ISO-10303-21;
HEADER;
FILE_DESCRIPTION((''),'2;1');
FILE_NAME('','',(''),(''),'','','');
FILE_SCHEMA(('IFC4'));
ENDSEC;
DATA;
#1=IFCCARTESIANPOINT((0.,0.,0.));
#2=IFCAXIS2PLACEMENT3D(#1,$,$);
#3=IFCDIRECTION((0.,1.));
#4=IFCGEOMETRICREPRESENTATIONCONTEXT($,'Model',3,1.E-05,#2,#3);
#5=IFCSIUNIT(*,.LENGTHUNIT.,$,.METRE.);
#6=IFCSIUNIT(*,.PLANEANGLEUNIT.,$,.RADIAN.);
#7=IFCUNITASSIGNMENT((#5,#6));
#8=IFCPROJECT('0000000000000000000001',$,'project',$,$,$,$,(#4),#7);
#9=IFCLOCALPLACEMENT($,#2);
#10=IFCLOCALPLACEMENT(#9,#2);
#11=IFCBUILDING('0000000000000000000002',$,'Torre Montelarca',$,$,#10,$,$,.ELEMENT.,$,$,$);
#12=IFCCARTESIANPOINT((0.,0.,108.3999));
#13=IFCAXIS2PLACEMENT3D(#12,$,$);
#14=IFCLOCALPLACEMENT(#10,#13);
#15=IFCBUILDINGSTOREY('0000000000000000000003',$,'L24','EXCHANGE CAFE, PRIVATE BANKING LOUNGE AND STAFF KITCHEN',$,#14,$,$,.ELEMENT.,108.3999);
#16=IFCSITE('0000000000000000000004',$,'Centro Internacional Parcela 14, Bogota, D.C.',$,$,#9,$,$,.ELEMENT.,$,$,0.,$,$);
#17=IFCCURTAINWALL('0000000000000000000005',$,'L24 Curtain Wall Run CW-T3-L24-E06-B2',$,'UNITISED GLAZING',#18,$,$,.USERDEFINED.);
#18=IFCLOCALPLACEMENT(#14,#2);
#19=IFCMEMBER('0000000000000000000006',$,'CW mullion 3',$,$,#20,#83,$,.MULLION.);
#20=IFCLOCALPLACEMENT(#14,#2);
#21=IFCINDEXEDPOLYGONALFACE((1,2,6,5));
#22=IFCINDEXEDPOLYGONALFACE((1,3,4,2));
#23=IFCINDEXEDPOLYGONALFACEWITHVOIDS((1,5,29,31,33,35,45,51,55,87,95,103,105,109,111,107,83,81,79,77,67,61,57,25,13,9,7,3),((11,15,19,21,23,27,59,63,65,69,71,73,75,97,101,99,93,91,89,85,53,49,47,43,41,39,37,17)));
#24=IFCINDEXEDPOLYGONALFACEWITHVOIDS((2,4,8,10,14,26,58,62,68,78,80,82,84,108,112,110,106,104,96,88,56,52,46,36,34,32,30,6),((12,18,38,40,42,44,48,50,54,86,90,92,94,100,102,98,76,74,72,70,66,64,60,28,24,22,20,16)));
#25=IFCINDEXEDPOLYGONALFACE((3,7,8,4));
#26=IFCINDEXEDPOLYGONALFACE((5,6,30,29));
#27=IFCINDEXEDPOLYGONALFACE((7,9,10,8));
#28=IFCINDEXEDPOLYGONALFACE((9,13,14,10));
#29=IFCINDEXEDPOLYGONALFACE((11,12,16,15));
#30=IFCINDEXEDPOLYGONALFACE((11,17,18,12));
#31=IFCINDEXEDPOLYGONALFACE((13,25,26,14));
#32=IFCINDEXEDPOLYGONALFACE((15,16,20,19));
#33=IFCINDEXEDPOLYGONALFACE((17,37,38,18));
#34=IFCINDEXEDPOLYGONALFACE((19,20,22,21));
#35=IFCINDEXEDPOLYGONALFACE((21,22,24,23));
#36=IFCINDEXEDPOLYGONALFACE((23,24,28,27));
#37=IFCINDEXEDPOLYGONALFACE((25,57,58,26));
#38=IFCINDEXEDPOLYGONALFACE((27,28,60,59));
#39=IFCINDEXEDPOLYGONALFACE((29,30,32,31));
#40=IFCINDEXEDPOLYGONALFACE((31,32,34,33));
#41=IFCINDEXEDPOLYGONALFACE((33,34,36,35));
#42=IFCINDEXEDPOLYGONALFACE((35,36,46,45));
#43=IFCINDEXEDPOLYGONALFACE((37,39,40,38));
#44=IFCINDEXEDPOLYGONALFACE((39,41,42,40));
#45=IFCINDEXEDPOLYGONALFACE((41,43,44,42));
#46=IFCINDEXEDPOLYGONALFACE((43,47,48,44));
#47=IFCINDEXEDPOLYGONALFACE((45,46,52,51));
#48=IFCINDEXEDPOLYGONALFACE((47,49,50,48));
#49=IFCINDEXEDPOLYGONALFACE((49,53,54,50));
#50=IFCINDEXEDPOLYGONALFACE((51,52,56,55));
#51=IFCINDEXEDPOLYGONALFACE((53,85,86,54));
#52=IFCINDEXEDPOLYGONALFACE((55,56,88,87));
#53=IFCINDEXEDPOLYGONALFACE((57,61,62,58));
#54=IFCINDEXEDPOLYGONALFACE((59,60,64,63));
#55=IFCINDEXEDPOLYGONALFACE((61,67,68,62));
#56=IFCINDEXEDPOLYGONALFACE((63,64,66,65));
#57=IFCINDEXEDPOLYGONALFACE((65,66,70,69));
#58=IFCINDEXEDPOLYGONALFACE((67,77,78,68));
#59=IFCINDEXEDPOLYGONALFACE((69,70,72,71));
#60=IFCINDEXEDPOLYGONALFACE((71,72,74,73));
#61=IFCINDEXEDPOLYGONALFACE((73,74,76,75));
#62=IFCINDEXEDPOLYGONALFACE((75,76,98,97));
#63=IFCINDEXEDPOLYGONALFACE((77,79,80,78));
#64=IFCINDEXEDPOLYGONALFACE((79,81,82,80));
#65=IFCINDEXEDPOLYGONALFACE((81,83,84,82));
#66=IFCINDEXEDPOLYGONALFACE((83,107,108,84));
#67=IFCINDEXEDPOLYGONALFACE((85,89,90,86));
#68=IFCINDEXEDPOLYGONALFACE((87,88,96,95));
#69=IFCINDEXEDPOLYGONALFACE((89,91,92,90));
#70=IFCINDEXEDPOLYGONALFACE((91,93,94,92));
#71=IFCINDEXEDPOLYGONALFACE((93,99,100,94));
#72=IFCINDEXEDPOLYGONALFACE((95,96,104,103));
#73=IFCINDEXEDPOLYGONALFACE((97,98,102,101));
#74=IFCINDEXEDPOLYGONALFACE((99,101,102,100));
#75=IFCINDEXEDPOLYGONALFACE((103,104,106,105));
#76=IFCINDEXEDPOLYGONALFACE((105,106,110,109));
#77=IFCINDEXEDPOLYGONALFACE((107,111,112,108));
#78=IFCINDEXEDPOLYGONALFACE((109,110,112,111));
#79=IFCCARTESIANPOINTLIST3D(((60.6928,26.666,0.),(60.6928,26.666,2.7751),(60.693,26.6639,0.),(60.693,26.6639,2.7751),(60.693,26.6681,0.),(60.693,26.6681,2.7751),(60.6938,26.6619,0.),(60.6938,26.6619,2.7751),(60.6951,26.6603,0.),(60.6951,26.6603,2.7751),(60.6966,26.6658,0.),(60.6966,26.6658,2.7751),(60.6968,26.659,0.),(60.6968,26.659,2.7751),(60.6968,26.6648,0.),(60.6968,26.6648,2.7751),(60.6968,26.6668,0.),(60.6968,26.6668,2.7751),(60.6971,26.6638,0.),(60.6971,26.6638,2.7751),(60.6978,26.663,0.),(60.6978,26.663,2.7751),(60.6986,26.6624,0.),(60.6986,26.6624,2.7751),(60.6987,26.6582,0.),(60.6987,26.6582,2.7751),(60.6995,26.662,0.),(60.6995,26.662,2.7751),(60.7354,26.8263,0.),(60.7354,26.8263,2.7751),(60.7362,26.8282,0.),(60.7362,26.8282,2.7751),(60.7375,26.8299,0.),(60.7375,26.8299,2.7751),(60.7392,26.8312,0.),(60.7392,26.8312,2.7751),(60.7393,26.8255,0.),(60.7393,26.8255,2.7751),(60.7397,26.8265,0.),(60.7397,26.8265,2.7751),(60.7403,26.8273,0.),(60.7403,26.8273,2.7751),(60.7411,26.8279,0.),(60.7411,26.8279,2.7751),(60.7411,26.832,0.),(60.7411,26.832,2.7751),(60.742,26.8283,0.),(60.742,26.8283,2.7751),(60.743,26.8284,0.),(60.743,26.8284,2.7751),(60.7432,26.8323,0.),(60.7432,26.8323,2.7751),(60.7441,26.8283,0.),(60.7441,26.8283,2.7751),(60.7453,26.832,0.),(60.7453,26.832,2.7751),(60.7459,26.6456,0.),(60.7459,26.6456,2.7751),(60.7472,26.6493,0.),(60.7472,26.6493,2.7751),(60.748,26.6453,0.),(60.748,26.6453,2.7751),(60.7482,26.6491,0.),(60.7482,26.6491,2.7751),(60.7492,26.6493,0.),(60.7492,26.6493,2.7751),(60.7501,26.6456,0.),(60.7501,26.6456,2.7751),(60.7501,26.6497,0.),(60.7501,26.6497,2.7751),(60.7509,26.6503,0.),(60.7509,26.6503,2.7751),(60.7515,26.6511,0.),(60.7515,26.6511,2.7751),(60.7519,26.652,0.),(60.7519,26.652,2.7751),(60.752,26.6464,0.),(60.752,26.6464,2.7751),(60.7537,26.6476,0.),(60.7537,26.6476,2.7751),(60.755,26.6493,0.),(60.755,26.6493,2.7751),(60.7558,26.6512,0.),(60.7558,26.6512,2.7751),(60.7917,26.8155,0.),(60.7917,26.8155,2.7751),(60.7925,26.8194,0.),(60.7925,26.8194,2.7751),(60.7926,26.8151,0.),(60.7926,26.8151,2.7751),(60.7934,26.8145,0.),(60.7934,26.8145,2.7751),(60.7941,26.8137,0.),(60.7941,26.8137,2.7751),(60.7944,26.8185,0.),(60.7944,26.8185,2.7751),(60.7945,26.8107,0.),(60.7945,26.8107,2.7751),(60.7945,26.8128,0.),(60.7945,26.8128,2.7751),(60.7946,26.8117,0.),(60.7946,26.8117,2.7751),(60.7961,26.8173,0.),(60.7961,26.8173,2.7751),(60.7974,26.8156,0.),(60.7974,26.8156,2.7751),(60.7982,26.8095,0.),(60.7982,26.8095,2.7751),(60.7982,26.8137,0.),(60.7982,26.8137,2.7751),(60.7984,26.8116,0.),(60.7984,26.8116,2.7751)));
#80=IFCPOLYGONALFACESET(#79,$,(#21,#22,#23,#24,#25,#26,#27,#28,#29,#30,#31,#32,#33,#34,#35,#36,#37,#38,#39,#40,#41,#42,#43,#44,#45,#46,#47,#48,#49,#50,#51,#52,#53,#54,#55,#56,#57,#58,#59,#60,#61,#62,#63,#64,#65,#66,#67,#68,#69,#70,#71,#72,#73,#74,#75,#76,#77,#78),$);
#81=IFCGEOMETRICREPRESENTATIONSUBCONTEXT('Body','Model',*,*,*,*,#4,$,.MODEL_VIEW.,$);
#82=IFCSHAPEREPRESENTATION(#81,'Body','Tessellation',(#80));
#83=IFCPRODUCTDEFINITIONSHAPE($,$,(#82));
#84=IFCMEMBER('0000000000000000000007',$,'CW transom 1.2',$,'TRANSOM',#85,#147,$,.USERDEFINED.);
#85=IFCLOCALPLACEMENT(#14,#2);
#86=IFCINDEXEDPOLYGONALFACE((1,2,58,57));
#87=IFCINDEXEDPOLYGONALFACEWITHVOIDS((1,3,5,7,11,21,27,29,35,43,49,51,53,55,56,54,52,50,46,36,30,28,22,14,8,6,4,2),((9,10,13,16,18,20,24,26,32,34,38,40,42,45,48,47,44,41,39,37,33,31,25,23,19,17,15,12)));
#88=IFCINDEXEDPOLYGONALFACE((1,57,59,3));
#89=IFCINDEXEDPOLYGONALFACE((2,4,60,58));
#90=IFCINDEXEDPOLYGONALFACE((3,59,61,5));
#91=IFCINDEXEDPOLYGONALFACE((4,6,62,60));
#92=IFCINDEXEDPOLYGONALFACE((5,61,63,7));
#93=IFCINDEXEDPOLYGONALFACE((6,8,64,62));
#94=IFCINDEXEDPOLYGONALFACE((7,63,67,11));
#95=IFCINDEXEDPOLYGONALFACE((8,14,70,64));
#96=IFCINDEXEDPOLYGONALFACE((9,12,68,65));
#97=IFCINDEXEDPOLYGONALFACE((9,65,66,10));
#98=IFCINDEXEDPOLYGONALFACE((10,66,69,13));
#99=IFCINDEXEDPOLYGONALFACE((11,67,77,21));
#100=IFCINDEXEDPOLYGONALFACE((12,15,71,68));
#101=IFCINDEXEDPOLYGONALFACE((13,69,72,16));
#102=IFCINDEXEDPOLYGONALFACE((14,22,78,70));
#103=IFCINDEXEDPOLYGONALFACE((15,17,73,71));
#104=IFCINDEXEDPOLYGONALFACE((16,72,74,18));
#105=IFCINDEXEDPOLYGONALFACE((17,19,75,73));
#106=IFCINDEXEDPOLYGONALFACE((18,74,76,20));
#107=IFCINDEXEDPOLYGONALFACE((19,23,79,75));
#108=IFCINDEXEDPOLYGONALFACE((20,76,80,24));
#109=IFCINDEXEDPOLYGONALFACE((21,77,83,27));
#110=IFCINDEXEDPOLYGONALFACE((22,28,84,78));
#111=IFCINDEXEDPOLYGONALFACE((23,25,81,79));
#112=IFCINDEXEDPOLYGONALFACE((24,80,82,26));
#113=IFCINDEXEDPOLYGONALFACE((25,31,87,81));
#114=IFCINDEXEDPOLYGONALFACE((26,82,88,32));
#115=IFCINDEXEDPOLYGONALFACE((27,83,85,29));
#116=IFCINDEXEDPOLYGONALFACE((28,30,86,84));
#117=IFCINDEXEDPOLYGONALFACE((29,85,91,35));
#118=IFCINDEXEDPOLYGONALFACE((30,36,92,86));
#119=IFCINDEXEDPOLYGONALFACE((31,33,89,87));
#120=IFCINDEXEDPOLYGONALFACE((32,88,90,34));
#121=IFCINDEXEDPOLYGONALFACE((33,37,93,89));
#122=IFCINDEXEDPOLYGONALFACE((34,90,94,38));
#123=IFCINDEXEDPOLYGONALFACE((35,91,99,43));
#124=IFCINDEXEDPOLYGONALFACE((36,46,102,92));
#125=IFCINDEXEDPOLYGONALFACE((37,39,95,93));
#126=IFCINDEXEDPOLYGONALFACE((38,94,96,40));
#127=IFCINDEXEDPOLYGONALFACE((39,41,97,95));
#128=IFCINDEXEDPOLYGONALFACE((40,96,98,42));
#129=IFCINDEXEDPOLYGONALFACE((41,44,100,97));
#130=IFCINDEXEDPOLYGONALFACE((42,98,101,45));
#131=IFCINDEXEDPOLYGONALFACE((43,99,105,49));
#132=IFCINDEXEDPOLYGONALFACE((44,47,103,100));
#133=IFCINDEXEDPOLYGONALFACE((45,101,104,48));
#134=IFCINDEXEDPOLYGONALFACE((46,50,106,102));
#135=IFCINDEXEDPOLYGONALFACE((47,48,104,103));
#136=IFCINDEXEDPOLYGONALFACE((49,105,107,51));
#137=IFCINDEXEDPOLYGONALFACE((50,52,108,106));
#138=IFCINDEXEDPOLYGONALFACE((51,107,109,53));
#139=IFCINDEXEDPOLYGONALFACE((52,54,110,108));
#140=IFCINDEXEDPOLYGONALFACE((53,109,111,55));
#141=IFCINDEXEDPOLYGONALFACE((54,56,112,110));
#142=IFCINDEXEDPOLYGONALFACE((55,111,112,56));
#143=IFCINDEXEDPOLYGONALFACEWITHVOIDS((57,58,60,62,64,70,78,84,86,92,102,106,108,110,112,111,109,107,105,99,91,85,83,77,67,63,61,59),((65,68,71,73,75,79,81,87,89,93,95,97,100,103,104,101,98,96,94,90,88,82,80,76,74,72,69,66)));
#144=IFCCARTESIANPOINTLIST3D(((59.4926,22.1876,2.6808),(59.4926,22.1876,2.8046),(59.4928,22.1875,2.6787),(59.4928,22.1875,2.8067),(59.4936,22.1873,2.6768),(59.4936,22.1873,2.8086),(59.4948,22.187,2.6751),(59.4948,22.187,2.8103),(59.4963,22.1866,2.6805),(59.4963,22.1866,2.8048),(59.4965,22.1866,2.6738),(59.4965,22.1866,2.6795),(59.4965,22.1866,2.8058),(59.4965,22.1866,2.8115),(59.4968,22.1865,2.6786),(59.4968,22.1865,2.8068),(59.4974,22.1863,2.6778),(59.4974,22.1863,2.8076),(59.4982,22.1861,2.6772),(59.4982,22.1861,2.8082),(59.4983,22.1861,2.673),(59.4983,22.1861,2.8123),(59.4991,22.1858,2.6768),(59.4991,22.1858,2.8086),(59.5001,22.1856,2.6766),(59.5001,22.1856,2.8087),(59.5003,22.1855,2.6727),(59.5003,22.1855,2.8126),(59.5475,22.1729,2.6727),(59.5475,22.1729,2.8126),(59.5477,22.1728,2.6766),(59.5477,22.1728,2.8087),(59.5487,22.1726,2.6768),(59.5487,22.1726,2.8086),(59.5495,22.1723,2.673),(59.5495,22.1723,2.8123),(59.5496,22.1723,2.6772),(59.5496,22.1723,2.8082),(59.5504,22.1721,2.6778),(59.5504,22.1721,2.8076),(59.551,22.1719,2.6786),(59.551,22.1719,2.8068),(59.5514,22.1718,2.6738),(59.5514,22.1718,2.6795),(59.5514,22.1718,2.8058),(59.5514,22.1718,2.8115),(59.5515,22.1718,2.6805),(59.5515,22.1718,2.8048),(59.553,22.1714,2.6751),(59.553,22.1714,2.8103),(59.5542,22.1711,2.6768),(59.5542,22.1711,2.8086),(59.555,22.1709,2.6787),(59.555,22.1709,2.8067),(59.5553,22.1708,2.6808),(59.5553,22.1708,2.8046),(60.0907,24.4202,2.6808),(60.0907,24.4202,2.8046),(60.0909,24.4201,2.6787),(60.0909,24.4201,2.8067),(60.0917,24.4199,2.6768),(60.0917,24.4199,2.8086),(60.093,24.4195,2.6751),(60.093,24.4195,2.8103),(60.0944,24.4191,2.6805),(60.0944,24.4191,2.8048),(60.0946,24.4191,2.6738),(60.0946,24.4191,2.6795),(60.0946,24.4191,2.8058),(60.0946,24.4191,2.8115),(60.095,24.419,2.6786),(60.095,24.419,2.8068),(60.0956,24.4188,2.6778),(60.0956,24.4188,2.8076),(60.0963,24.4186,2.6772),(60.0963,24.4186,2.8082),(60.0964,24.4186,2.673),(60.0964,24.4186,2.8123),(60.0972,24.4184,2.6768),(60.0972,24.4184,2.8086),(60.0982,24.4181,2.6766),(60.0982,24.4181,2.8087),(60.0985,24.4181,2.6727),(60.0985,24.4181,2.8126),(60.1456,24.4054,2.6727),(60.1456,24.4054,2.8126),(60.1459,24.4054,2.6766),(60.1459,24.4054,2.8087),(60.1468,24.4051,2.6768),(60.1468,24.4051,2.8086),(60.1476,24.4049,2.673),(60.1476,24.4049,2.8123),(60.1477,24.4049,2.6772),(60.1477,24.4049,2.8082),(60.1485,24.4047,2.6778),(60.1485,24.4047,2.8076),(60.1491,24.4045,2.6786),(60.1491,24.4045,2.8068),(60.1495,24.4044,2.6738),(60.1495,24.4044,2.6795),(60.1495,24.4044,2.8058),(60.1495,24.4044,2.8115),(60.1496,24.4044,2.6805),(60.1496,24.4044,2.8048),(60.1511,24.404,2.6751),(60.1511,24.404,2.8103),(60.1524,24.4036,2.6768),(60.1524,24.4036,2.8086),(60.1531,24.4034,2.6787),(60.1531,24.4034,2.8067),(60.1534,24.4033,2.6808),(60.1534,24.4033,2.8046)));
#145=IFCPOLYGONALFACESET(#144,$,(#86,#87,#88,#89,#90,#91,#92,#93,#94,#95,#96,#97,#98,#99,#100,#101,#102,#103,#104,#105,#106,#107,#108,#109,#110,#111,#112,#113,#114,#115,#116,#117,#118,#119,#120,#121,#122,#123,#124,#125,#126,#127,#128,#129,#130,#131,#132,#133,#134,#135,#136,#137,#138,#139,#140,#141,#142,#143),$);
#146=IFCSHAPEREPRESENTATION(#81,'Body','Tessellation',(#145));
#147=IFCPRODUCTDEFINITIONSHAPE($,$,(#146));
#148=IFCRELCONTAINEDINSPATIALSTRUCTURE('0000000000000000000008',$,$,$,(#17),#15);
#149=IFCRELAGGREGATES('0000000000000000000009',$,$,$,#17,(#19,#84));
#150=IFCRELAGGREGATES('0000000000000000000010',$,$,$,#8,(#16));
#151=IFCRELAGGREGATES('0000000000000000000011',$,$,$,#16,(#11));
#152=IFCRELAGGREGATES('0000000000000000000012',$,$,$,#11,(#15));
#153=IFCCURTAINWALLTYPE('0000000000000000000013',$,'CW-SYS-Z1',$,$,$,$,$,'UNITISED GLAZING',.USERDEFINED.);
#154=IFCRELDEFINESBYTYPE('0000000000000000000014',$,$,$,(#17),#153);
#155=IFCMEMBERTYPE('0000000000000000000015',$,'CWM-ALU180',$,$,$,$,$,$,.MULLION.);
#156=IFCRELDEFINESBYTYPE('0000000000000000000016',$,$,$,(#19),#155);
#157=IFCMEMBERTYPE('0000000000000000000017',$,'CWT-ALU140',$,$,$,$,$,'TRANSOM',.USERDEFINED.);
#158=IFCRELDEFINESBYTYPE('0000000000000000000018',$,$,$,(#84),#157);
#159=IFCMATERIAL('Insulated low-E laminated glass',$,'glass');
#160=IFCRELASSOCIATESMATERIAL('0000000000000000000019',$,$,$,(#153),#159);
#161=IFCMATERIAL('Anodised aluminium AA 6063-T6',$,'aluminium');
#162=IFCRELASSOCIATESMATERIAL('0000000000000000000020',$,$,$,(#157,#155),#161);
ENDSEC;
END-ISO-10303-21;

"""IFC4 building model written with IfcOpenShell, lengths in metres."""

from ifc_helpers import new_model, si_unit, direction, frame, origin, origin_2d, place, context, subcontext, project, spatial, hollow_rectangle, extrude, source, transform, mapped, material, material_profile, profile_set, type_object, element, aggregate, save


model = new_model("IFC4")

# Units and contexts
model_context = context("Model", 3, precision=1e-05, world=origin(), true_north=direction((0.0, 1.0)))
body_context = subcontext(model_context, "Body", "Model", "MODEL_VIEW")
ifc_project = project(units=[si_unit("LENGTHUNIT", "METRE"), si_unit("PLANEANGLEUNIT", "RADIAN")], contexts=[model_context])

# Site, building, storey
site_placement = place(None, origin())
site = spatial("IfcSite", under=ifc_project, at=site_placement, Name="Centro Internacional Parcela 14, Bogota, D.C.", CompositionType="ELEMENT", RefElevation=0.0)
building_placement = place(site_placement, origin())
building = spatial("IfcBuilding", under=site, at=building_placement, Name="Torre Montelarca", CompositionType="ELEMENT")
storey_placement = place(building_placement, frame((0.0, 0.0, 108.3999)))
storey = spatial("IfcBuildingStorey", under=building, at=storey_placement, Name="L24", Description="EXCHANGE CAFE, PRIVATE BANKING LOUNGE AND STAFF KITCHEN", CompositionType="ELEMENT", Elevation=108.3999)

# Curtain wall
ifc_material_1 = material(Name="Insulated low-E laminated glass", Category="glass")
curtain_wall_type = type_object("IfcCurtainWallType", Name="CW-SYS-Z1", ElementType="UNITISED GLAZING", PredefinedType="USERDEFINED", material=ifc_material_1)
ifc_material_2 = material(Name="Anodised aluminium AA 6063-T6", Category="aluminium")
ifc_material_profile_1 = material_profile(ifc_material_2, hollow_rectangle(XDim=0.0649, YDim=0.1399, WallThickness=0.0039, InnerFilletRadius=0.0039, OuterFilletRadius=0.0081, at=origin_2d()), Name="ALU65X140X4", Category="aluminium")
ifc_profile_set_1 = profile_set([ifc_material_profile_1], Name="Anodised aluminium AA 6063-T6")
member_type_1 = type_object("IfcMemberType", Name="CWT-ALU140", ElementType="TRANSOM", PredefinedType="USERDEFINED", material=ifc_profile_set_1)
curtain_wall_1_placement = place(storey_placement, origin())
curtain_wall_1 = element("IfcCurtainWall", 1, at=curtain_wall_1_placement, inside=storey, type_object=curtain_wall_type, Name="L24 Curtain Wall Run CW-T3-L24-E06-B2", ObjectType="UNITISED GLAZING", PredefinedType="USERDEFINED")

# Members
ifc_material_profile_2 = material_profile(ifc_material_2, hollow_rectangle(XDim=0.0649, YDim=0.1799, WallThickness=0.0039, InnerFilletRadius=0.0039, OuterFilletRadius=0.0081, at=origin_2d()), Name="ALU65X180X4", Category="aluminium")
ifc_profile_set_2 = profile_set([ifc_material_profile_2], Name="Anodised aluminium AA 6063-T6")
member_type_2 = type_object("IfcMemberType", Name="CWM-ALU180", PredefinedType="MULLION", material=ifc_profile_set_2)
shared_shape_1 = source(origin(), body_context, "Body", "SweptSolid", [
    extrude(hollow_rectangle(XDim=0.0649, YDim=0.1799, WallThickness=0.0039, InnerFilletRadius=0.0039, OuterFilletRadius=0.0081, at=origin_2d()), origin(), (0.0, 0.0, 1.0), 2.7751),
])
member_1_placement = place(storey_placement, frame((60.7456, 26.7388, 0.0), z_axis=(0.0, 0.0, 1.0), x_axis=(-0.96593, 0.258803, 0.0)))
member_1 = element("IfcMember", 2, at=member_1_placement, type_object=member_type_2, Name="CW mullion 3", PredefinedType="MULLION", context=body_context, shape_type="MappedRepresentation", body=[
    mapped(shared_shape_1, transform((0.0, 0.0, 0.0), scale=1.0)),
])
shared_shape_2 = source(origin(), body_context, "Body", "SweptSolid", [
    extrude(hollow_rectangle(XDim=0.0649, YDim=0.1399, WallThickness=0.0039, InnerFilletRadius=0.0039, OuterFilletRadius=0.0081, at=origin_2d()), origin(), (0.0, 0.0, 1.0), 2.3113),
])
member_2_placement = place(storey_placement, frame((59.5239, 22.1792, 2.7427), z_axis=(0.25878, 0.965936, 0.0), x_axis=(-0.965936, 0.25878, 0.0)))
member_2 = element("IfcMember", 3, at=member_2_placement, type_object=member_type_1, Name="CW transom 1.2", ObjectType="TRANSOM", PredefinedType="USERDEFINED", context=body_context, shape_type="MappedRepresentation", body=[
    mapped(shared_shape_2, transform((0.0, 0.0, 0.0), scale=1.0)),
])

aggregate(curtain_wall_1, [member_1, member_2])

save(model, "model.ifc")
